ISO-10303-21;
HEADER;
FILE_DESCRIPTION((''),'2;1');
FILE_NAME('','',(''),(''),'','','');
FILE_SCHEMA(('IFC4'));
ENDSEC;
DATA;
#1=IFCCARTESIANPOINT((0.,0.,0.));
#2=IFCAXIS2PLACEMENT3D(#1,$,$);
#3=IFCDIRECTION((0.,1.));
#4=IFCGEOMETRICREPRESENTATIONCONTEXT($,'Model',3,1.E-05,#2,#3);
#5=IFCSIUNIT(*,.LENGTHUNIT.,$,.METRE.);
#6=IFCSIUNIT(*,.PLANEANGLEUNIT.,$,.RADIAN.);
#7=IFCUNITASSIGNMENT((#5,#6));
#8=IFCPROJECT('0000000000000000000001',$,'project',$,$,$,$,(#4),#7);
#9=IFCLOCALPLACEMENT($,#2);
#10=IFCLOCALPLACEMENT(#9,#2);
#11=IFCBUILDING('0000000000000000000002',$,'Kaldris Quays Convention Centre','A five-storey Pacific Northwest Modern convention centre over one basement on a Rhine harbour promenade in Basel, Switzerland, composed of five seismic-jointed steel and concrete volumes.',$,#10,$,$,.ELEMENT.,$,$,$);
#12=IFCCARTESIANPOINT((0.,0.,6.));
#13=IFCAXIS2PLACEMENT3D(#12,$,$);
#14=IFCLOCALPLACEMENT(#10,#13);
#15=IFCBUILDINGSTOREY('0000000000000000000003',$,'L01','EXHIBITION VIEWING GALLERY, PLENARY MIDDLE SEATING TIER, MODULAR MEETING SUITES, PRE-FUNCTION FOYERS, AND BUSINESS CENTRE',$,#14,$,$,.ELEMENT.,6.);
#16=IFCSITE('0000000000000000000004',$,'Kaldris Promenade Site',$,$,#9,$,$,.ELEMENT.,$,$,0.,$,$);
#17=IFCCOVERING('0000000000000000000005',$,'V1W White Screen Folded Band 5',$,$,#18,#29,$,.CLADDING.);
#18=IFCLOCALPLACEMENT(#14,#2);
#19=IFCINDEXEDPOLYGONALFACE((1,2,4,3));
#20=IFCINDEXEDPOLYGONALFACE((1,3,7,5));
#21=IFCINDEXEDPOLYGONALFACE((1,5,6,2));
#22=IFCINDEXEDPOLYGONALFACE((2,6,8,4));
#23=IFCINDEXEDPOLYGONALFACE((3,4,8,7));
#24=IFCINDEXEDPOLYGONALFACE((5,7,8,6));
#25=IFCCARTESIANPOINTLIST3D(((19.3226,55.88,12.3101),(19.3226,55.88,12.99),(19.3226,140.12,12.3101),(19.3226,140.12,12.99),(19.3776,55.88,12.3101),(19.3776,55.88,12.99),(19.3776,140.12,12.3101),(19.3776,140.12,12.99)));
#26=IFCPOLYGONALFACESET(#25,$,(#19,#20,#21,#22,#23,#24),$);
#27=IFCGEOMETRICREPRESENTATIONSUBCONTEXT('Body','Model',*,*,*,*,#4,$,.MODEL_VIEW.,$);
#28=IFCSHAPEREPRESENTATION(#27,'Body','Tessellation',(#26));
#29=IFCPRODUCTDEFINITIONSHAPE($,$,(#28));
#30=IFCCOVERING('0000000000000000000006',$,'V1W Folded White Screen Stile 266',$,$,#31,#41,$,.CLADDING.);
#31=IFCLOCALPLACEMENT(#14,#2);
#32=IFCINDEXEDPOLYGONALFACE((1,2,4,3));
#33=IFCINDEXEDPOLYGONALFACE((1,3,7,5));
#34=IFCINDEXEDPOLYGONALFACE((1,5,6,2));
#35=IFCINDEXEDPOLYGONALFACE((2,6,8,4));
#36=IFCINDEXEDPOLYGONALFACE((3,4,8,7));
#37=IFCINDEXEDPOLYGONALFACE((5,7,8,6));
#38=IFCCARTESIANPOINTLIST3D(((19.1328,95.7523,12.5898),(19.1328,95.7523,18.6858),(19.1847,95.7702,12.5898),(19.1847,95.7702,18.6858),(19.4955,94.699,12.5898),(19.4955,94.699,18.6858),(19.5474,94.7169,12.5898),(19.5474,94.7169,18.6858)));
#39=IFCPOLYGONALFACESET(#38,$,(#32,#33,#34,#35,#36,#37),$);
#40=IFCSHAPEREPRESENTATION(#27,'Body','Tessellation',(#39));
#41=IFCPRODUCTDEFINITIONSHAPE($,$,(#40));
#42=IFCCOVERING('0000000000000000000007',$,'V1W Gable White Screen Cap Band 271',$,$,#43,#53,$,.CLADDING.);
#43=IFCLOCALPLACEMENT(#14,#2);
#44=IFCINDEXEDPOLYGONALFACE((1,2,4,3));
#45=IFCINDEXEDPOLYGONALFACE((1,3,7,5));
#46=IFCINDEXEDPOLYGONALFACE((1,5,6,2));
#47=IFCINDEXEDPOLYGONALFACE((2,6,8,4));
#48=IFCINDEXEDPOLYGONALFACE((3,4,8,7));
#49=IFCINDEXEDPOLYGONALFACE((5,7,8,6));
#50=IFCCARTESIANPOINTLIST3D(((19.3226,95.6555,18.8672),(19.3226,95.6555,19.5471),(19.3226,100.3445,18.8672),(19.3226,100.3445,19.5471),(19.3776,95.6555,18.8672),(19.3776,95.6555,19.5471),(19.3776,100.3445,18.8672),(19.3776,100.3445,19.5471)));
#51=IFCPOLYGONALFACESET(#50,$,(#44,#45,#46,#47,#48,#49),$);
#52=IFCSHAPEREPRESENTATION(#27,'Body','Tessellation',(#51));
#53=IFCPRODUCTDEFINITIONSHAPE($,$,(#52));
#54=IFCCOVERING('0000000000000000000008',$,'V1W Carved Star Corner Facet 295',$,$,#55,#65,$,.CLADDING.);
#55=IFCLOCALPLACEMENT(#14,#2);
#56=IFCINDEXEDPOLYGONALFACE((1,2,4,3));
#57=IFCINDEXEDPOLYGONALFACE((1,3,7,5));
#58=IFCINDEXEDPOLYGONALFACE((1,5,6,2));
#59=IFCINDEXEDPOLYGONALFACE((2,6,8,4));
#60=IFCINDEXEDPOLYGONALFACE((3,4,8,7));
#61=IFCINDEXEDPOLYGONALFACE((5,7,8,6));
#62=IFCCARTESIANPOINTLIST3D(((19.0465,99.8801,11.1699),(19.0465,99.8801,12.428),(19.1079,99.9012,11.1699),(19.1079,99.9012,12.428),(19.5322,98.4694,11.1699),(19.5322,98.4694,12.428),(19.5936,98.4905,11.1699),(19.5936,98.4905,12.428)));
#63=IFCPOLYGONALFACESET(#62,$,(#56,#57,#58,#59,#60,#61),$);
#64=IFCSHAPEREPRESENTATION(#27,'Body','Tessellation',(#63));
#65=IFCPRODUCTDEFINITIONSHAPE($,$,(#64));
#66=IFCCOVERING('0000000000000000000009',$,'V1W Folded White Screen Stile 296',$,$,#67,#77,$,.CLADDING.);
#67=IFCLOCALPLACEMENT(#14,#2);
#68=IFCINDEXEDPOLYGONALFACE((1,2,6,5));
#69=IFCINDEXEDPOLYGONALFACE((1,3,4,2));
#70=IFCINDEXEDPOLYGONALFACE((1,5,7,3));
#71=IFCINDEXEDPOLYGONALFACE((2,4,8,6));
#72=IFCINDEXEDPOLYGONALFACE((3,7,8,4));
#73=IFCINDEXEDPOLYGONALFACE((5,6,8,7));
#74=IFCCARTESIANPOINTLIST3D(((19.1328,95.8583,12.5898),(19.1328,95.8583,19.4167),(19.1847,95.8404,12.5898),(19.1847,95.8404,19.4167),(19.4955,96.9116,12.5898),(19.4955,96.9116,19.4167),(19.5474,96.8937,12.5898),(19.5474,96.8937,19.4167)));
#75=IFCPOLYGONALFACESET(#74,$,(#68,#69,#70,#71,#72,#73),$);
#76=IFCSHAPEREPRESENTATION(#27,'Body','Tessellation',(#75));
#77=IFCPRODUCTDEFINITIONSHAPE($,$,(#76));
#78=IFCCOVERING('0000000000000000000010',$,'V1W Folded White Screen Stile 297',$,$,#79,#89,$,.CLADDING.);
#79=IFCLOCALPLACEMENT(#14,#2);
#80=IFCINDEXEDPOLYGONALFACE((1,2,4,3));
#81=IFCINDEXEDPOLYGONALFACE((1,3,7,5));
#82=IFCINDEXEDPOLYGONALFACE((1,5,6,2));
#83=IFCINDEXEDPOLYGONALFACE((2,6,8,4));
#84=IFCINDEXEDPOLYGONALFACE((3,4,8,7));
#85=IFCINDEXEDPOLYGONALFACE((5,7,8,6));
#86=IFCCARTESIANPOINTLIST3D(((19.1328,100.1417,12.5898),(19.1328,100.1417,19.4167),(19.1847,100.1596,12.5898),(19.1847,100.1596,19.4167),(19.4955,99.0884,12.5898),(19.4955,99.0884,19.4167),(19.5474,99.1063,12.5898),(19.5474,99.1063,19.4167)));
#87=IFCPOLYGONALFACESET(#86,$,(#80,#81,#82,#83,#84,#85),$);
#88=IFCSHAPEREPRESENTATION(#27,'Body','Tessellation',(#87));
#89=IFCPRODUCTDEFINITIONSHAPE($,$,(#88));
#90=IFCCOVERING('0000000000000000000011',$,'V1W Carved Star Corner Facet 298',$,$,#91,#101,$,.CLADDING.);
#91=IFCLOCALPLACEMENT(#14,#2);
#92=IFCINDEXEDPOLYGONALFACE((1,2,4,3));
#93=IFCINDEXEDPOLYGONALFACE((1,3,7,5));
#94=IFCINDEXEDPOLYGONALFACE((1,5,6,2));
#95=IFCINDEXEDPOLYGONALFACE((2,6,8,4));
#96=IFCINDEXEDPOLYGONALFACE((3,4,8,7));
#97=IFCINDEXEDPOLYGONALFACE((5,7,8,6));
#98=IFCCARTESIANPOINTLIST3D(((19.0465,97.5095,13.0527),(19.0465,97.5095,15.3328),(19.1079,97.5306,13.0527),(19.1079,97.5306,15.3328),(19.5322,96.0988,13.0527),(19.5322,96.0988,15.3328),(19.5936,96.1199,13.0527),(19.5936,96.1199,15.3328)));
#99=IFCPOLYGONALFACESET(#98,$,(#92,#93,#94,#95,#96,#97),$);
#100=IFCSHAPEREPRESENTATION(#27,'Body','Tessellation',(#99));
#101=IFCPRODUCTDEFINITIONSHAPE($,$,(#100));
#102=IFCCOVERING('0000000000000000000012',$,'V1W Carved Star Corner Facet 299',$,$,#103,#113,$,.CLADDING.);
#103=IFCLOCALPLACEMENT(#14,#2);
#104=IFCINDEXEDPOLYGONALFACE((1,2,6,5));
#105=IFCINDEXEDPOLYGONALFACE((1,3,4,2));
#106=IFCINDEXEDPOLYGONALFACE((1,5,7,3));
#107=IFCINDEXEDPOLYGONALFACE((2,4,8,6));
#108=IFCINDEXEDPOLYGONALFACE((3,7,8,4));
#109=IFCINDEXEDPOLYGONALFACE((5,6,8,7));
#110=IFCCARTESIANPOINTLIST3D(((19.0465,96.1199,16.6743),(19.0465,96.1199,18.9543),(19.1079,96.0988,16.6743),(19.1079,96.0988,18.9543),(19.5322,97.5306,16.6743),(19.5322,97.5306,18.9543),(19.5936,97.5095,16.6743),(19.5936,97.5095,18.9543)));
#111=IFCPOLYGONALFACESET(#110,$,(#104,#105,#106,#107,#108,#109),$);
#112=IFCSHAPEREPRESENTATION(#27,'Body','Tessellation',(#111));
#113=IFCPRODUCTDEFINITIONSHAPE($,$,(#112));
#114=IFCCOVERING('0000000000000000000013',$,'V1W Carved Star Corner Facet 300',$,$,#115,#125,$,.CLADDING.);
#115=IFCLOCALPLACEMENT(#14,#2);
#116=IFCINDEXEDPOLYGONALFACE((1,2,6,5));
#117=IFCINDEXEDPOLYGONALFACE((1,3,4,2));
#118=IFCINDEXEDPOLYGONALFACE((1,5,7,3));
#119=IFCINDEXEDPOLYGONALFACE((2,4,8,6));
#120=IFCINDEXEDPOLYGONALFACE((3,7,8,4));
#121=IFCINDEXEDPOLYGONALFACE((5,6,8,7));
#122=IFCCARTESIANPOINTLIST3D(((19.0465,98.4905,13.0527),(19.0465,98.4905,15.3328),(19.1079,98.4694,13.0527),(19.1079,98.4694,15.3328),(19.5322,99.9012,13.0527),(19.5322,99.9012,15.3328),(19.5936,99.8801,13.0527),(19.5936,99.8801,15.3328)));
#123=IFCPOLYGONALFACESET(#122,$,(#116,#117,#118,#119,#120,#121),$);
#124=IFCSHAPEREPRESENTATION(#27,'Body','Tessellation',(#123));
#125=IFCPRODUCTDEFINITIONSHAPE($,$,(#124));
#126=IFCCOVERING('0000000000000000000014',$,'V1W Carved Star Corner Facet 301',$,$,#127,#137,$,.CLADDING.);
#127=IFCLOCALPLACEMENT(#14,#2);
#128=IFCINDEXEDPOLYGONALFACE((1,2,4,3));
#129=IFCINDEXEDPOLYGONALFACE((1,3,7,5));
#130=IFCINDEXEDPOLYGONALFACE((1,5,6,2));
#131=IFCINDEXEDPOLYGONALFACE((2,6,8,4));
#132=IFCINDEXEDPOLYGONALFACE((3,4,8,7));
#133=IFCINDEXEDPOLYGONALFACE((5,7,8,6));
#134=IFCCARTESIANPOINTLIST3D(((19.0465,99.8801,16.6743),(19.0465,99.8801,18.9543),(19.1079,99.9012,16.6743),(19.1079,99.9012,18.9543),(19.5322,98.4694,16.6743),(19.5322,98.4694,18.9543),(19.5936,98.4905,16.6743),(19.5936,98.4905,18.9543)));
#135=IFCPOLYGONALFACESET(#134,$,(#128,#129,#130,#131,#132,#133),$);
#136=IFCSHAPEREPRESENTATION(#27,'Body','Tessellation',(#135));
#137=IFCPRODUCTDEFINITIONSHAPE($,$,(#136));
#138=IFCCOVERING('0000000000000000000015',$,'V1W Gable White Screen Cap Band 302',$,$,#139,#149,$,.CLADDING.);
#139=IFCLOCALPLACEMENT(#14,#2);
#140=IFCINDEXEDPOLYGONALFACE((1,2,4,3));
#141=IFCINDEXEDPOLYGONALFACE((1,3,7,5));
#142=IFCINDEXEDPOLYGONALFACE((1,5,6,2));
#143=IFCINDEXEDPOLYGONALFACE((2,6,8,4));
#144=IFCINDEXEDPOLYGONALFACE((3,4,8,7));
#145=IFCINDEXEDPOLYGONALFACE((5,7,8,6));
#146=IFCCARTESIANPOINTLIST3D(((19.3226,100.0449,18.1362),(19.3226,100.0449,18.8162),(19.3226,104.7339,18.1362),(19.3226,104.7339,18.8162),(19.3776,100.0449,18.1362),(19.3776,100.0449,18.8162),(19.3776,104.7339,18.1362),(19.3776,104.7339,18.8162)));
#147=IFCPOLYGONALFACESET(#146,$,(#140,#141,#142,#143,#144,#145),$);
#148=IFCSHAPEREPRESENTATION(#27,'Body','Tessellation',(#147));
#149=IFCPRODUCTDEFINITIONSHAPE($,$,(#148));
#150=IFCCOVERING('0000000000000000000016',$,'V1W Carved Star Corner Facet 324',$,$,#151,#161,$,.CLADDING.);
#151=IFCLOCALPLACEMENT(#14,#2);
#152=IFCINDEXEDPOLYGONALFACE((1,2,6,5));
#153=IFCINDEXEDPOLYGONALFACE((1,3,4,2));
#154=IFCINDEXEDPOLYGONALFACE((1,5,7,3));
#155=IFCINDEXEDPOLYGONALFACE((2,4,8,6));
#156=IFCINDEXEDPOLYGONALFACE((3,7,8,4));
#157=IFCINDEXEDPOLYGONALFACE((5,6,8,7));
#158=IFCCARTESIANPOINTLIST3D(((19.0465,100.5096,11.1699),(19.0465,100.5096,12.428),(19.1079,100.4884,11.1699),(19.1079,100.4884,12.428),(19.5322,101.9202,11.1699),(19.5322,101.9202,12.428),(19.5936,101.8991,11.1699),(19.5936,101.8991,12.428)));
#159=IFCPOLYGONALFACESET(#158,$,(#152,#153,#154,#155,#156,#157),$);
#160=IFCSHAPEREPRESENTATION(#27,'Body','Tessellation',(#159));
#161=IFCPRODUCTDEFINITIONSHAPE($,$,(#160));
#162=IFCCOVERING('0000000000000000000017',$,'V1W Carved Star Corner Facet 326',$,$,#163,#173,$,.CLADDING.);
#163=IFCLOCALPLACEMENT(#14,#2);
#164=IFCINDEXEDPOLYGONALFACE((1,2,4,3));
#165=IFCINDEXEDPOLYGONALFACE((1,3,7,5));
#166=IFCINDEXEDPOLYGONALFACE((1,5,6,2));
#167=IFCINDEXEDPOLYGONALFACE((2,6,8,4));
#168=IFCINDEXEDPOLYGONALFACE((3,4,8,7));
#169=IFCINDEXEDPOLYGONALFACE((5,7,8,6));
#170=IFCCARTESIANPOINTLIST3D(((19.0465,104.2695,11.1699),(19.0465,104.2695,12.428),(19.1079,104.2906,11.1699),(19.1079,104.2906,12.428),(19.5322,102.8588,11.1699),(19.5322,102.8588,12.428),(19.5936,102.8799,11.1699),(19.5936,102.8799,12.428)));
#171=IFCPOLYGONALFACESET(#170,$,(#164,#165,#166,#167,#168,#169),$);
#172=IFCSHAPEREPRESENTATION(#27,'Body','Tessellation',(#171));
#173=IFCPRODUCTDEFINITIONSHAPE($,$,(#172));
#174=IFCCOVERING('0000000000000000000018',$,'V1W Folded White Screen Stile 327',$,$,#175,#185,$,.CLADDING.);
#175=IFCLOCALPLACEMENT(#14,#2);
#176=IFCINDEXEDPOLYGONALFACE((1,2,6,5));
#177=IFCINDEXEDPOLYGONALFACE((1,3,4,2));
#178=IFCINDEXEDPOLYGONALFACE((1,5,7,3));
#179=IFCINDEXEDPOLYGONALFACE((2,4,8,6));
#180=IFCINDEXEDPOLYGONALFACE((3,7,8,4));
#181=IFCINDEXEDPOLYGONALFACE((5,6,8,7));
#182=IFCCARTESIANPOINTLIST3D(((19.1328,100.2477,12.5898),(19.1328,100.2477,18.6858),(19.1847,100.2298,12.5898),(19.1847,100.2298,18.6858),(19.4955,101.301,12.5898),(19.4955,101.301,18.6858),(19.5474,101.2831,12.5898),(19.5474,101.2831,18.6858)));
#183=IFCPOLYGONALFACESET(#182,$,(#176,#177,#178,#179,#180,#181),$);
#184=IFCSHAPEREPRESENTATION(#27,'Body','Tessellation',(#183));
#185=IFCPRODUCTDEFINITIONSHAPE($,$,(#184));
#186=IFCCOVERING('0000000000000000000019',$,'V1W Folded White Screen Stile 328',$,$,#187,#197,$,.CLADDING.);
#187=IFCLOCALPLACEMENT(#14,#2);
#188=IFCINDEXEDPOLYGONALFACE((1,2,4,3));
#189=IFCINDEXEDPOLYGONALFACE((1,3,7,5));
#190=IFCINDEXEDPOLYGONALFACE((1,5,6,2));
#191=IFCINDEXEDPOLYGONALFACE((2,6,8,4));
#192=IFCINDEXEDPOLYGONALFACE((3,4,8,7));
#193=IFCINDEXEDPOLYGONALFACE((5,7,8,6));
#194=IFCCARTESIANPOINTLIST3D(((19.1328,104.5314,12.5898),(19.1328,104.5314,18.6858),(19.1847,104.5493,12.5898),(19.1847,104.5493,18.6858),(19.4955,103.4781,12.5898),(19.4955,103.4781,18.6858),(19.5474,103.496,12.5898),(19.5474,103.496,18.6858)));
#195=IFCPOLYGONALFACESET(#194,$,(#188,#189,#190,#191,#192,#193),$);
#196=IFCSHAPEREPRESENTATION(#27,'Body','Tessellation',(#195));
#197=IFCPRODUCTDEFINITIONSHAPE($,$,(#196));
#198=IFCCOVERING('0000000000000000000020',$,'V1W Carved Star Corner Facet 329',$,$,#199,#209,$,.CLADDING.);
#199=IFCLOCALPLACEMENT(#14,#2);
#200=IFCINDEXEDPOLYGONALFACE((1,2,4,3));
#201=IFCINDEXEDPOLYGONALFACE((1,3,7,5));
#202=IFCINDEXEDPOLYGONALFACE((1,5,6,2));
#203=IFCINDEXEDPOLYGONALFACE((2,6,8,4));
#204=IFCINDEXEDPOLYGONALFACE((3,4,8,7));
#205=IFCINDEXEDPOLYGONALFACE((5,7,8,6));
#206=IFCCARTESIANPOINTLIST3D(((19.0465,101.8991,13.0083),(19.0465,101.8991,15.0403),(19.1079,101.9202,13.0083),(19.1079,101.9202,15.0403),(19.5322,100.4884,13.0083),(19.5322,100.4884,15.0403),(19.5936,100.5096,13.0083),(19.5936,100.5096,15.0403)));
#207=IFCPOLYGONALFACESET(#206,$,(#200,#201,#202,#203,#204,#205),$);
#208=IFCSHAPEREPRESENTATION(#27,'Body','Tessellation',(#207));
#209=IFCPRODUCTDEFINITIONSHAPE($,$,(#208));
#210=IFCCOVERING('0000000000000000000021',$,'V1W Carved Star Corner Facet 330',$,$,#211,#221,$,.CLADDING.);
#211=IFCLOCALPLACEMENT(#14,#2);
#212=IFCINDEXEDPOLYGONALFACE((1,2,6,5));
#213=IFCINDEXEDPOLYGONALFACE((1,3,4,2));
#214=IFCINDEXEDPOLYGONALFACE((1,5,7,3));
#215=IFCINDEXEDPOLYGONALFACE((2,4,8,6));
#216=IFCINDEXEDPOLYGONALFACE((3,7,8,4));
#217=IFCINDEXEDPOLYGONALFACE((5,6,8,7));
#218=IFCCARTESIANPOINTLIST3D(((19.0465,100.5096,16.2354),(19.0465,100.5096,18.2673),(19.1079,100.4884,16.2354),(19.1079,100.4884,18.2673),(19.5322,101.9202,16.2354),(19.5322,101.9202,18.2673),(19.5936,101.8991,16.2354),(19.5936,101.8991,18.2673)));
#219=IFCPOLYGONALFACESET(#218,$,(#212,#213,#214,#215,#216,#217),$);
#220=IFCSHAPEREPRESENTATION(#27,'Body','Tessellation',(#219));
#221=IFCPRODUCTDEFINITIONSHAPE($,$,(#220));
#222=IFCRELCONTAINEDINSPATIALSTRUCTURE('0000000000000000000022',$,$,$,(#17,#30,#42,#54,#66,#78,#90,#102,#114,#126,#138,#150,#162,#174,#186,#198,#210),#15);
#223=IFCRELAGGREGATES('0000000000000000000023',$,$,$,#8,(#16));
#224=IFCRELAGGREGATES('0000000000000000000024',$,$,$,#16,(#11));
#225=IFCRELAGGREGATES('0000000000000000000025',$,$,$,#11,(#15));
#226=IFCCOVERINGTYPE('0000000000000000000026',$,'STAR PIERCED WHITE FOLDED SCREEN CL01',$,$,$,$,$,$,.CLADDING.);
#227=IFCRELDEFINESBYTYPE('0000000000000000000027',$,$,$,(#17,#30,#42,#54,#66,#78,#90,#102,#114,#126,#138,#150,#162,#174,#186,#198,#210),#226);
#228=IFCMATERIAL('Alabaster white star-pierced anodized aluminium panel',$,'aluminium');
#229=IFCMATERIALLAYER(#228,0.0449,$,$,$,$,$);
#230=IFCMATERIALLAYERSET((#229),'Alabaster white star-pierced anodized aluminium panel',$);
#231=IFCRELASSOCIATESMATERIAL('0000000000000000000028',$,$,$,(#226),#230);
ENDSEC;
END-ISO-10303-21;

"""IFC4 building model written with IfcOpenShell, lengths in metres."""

from ifc_helpers import new_model, si_unit, direction, frame, origin, origin_2d, place, context, subcontext, project, spatial, rectangle, extrude, material, layer, layer_set, type_object, element, save


model = new_model("IFC4")

# Units and contexts
model_context = context("Model", 3, precision=1e-05, world=origin(), true_north=direction((0.0, 1.0)))
body_context = subcontext(model_context, "Body", "Model", "MODEL_VIEW")
ifc_project = project(units=[si_unit("LENGTHUNIT", "METRE"), si_unit("PLANEANGLEUNIT", "RADIAN")], contexts=[model_context])

# Site, building, storey
site_placement = place(None, origin())
site = spatial("IfcSite", under=ifc_project, at=site_placement, Name="Kaldris Promenade Site", CompositionType="ELEMENT", RefElevation=0.0)
building_placement = place(site_placement, origin())
building = spatial("IfcBuilding", under=site, at=building_placement, Name="Kaldris Quays Convention Centre", Description="A five-storey Pacific Northwest Modern convention centre over one basement on a Rhine harbour promenade in Basel, Switzerland, composed of five seismic-jointed steel and concrete volumes.", CompositionType="ELEMENT")
storey_placement = place(building_placement, frame((0.0, 0.0, 6.0)))
storey = spatial("IfcBuildingStorey", under=building, at=storey_placement, Name="L01", Description="EXHIBITION VIEWING GALLERY, PLENARY MIDDLE SEATING TIER, MODULAR MEETING SUITES, PRE-FUNCTION FOYERS, AND BUSINESS CENTRE", CompositionType="ELEMENT", Elevation=6.0)

# Coverings
ifc_material_1 = material(Name="Alabaster white star-pierced anodized aluminium panel", Category="aluminium")
ifc_layer = layer(ifc_material_1, 0.0449)
ifc_layer_set = layer_set([ifc_layer], Name="Alabaster white star-pierced anodized aluminium panel")
covering_type = type_object("IfcCoveringType", Name="STAR PIERCED WHITE FOLDED SCREEN CL01", PredefinedType="CLADDING", material=ifc_layer_set)
covering_1_placement = place(storey_placement, frame((19.3501, 98.0, 12.3101), z_axis=(0.0, 0.0, 1.0), x_axis=(0.0, 1.0, 0.0)))
element("IfcCovering", 1, at=covering_1_placement, inside=storey, type_object=covering_type, Name="V1W White Screen Folded Band 5", PredefinedType="CLADDING", context=body_context, shape_type="SweptSolid", body=[
    extrude(rectangle(XDim=84.24, YDim=0.0549, at=origin_2d()), origin(), (0.0, 0.0, 1.0), 0.6799),
])
covering_2_placement = place(storey_placement, frame((19.3401, 95.2346, 12.5898), z_axis=(0.0, 0.0, 1.0), x_axis=(-0.325568, 0.945519, 0.0)))
element("IfcCovering", 2, at=covering_2_placement, inside=storey, type_object=covering_type, Name="V1W Folded White Screen Stile 266", PredefinedType="CLADDING", context=body_context, shape_type="SweptSolid", body=[
    extrude(rectangle(XDim=1.114, YDim=0.0549, at=origin_2d()), origin(), (0.0, 0.0, 1.0), 6.0959),
])
covering_3_placement = place(storey_placement, frame((19.3501, 98.0, 18.8672), z_axis=(0.0, 0.0, 1.0), x_axis=(0.0, 1.0, 0.0)))
element("IfcCovering", 3, at=covering_3_placement, inside=storey, type_object=covering_type, Name="V1W Gable White Screen Cap Band 271", PredefinedType="CLADDING", context=body_context, shape_type="SweptSolid", body=[
    extrude(rectangle(XDim=4.689, YDim=0.0549, at=origin_2d()), origin(), (0.0, 0.0, 1.0), 0.6799),
])
covering_4_placement = place(storey_placement, frame((19.3201, 99.1853, 11.1699), z_axis=(0.0, 0.0, 1.0), x_axis=(-0.325568, 0.945519, 0.0)))
element("IfcCovering", 4, at=covering_4_placement, inside=storey, type_object=covering_type, Name="V1W Carved Star Corner Facet 295", PredefinedType="CLADDING", context=body_context, shape_type="SweptSolid", body=[
    extrude(rectangle(XDim=1.4919, YDim=0.0649, at=origin_2d()), origin(), (0.0, 0.0, 1.0), 1.2581),
])
for number, where, z_axis, x_axis, name in (
    (5, (19.3401, 96.376, 12.5898), (0.0, 0.0, 1.0), (0.325568, 0.945519, 0.0), "V1W Folded White Screen Stile 296"),
    (6, (19.3401, 99.624, 12.5898), (0.0, 0.0, 1.0), (-0.325568, 0.945519, 0.0), "V1W Folded White Screen Stile 297"),
):
    element("IfcCovering", number, at=place(storey_placement, frame(where, z_axis=z_axis, x_axis=x_axis)), inside=storey, type_object=covering_type, Name=name, PredefinedType="CLADDING", context=body_context, shape_type="SweptSolid", body=[
        extrude(rectangle(XDim=1.114, YDim=0.0549, at=origin_2d()), origin(), (0.0, 0.0, 1.0), 6.8269),
    ])
for number, where, z_axis, x_axis, name in (
    (7, (19.3201, 96.8147, 13.0527), (0.0, 0.0, 1.0), (-0.325568, 0.945519, 0.0), "V1W Carved Star Corner Facet 298"),
    (8, (19.3201, 96.8147, 16.6743), (0.0, 0.0, 1.0), (0.325568, 0.945519, 0.0), "V1W Carved Star Corner Facet 299"),
    (9, (19.3201, 99.1853, 13.0527), (0.0, 0.0, 1.0), (0.325568, 0.945519, 0.0), "V1W Carved Star Corner Facet 300"),
    (10, (19.3201, 99.1853, 16.6743), (0.0, 0.0, 1.0), (-0.325568, 0.945519, 0.0), "V1W Carved Star Corner Facet 301"),
):
    element("IfcCovering", number, at=place(storey_placement, frame(where, z_axis=z_axis, x_axis=x_axis)), inside=storey, type_object=covering_type, Name=name, PredefinedType="CLADDING", context=body_context, shape_type="SweptSolid", body=[
        extrude(rectangle(XDim=1.4919, YDim=0.0649, at=origin_2d()), origin(), (0.0, 0.0, 1.0), 2.28),
    ])
covering_5_placement = place(storey_placement, frame((19.3501, 102.3894, 18.1362), z_axis=(0.0, 0.0, 1.0), x_axis=(0.0, 1.0, 0.0)))
element("IfcCovering", 11, at=covering_5_placement, inside=storey, type_object=covering_type, Name="V1W Gable White Screen Cap Band 302", PredefinedType="CLADDING", context=body_context, shape_type="SweptSolid", body=[
    extrude(rectangle(XDim=4.689, YDim=0.0549, at=origin_2d()), origin(), (0.0, 0.0, 1.0), 0.6799),
])
for number, where, z_axis, x_axis, name in (
    (12, (19.3201, 101.2043, 11.1699), (0.0, 0.0, 1.0), (0.325568, 0.945519, 0.0), "V1W Carved Star Corner Facet 324"),
    (13, (19.3201, 103.5747, 11.1699), (0.0, 0.0, 1.0), (-0.325568, 0.945519, 0.0), "V1W Carved Star Corner Facet 326"),
):
    element("IfcCovering", number, at=place(storey_placement, frame(where, z_axis=z_axis, x_axis=x_axis)), inside=storey, type_object=covering_type, Name=name, PredefinedType="CLADDING", context=body_context, shape_type="SweptSolid", body=[
        extrude(rectangle(XDim=1.4919, YDim=0.0649, at=origin_2d()), origin(), (0.0, 0.0, 1.0), 1.2581),
    ])
for number, where, z_axis, x_axis, name in (
    (14, (19.3401, 100.7654, 12.5898), (0.0, 0.0, 1.0), (0.325568, 0.945519, 0.0), "V1W Folded White Screen Stile 327"),
    (15, (19.3401, 104.0137, 12.5898), (0.0, 0.0, 1.0), (-0.325568, 0.945519, 0.0), "V1W Folded White Screen Stile 328"),
):
    element("IfcCovering", number, at=place(storey_placement, frame(where, z_axis=z_axis, x_axis=x_axis)), inside=storey, type_object=covering_type, Name=name, PredefinedType="CLADDING", context=body_context, shape_type="SweptSolid", body=[
        extrude(rectangle(XDim=1.114, YDim=0.0549, at=origin_2d()), origin(), (0.0, 0.0, 1.0), 6.0959),
    ])
for number, where, z_axis, x_axis, name in (
    (16, (19.3201, 101.2043, 13.0083), (0.0, 0.0, 1.0), (-0.325568, 0.945519, 0.0), "V1W Carved Star Corner Facet 329"),
    (17, (19.3201, 101.2043, 16.2354), (0.0, 0.0, 1.0), (0.325568, 0.945519, 0.0), "V1W Carved Star Corner Facet 330"),
):
    element("IfcCovering", number, at=place(storey_placement, frame(where, z_axis=z_axis, x_axis=x_axis)), inside=storey, type_object=covering_type, Name=name, PredefinedType="CLADDING", context=body_context, shape_type="SweptSolid", body=[
        extrude(rectangle(XDim=1.4919, YDim=0.0649, at=origin_2d()), origin(), (0.0, 0.0, 1.0), 2.032),
    ])

save(model, "model.ifc")
